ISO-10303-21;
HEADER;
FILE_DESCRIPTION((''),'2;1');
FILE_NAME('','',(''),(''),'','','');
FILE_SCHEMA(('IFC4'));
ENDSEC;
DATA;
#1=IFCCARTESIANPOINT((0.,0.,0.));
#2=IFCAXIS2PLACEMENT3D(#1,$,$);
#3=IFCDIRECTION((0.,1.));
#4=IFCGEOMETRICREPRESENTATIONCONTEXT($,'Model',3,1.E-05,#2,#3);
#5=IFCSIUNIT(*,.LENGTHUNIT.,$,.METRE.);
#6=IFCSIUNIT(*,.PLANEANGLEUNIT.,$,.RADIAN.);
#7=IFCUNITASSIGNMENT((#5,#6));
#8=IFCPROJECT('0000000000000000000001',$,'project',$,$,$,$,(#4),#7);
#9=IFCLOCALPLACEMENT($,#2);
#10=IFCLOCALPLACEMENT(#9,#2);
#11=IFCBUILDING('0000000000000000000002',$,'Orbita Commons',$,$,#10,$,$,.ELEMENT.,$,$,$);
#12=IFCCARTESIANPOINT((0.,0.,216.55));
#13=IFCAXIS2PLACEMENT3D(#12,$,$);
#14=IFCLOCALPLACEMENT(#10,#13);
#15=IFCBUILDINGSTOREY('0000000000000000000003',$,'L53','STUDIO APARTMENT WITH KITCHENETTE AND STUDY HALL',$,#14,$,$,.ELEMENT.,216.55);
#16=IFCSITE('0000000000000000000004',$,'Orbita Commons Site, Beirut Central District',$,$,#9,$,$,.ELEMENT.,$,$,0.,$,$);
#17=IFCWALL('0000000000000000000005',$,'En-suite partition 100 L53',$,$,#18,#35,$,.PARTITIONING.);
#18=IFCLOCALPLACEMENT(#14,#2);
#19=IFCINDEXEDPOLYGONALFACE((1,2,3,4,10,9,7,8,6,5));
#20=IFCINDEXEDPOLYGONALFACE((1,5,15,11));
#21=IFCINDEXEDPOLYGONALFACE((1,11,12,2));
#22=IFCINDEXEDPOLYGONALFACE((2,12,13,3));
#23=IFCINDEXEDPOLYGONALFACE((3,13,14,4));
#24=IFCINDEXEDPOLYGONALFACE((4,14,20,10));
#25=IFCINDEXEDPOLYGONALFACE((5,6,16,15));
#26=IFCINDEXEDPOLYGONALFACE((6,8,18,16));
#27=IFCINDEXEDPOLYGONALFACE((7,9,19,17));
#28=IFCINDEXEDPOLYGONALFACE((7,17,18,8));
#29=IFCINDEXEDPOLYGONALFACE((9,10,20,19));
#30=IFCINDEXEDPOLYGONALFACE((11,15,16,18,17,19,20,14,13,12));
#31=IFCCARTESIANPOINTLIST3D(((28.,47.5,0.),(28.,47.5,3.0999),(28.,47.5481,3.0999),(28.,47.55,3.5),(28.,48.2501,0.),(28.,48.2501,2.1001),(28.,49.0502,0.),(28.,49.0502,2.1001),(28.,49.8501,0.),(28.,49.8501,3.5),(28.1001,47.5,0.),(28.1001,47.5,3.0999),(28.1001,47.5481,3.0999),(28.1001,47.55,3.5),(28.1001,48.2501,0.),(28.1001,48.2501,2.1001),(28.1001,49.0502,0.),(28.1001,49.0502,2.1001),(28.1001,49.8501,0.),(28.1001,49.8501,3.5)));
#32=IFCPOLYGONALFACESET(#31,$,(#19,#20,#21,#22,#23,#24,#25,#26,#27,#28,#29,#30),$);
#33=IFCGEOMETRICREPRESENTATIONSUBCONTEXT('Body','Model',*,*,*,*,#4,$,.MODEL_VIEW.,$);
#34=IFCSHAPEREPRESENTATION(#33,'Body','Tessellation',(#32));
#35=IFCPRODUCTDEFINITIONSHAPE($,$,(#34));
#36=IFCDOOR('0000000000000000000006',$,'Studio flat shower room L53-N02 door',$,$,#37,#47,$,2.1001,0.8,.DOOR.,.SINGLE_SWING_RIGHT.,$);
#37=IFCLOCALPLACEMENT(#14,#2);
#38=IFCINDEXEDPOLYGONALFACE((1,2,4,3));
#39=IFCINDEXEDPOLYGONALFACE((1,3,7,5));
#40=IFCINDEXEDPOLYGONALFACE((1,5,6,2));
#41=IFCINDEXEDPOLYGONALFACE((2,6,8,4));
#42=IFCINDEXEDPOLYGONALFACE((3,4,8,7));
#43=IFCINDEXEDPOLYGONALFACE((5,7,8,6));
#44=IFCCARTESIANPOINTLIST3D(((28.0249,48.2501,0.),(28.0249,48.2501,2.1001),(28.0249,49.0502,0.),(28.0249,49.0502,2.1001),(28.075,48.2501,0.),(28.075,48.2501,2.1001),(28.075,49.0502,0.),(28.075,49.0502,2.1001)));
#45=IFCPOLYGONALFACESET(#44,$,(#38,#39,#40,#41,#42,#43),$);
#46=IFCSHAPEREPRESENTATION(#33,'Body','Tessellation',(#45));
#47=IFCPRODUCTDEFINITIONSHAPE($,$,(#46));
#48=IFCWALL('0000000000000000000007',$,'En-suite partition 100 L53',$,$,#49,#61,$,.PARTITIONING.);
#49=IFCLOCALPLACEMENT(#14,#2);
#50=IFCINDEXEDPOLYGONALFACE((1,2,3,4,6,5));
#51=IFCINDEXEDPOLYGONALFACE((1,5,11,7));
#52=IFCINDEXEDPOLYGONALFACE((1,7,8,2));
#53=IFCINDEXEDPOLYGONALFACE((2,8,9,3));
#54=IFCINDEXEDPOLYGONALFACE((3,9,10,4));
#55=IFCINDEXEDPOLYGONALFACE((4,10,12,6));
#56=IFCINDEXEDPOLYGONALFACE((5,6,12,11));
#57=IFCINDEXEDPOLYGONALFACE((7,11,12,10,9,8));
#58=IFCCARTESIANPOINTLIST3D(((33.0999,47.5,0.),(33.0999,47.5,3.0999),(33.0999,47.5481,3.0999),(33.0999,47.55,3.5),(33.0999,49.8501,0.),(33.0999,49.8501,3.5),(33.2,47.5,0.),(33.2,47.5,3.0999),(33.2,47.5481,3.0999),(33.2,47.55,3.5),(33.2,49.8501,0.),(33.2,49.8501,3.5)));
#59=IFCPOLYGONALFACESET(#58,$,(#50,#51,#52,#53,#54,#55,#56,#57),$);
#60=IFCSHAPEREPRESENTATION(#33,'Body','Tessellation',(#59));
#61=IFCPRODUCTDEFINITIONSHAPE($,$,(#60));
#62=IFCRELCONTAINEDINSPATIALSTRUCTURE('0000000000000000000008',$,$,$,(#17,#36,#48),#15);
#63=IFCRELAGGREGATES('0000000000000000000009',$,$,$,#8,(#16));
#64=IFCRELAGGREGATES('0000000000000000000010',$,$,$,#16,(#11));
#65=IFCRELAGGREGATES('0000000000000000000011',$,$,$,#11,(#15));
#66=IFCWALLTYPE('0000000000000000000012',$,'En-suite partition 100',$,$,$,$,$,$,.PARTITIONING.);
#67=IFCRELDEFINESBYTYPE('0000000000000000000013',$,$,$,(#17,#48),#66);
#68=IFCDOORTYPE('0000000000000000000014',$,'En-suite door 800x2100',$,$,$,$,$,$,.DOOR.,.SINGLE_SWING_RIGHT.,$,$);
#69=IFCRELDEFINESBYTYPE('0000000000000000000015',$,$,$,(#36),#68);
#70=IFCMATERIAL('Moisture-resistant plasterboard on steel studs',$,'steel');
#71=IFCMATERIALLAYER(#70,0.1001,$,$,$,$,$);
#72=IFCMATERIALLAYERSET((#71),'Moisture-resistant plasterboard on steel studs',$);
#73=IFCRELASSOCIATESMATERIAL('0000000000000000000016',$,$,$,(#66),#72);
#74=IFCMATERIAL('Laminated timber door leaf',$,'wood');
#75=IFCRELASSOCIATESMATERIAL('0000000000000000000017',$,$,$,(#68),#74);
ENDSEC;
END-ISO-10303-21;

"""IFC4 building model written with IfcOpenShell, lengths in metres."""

from ifc_helpers import new_model, si_unit, direction, frame, frame_2d, origin, place, context, subcontext, project, spatial, polyline, rectangle, outline, extrude, material, layer, layer_set, type_object, element, fill, save


model = new_model("IFC4")

# Units and contexts
model_context = context("Model", 3, precision=1e-05, world=origin(), true_north=direction((0.0, 1.0)))
body_context = subcontext(model_context, "Body", "Model", "MODEL_VIEW")
ifc_project = project(units=[si_unit("LENGTHUNIT", "METRE"), si_unit("PLANEANGLEUNIT", "RADIAN")], contexts=[model_context])

# Site, building, storey
site_placement = place(None, origin())
site = spatial("IfcSite", under=ifc_project, at=site_placement, Name="Orbita Commons Site, Beirut Central District", CompositionType="ELEMENT", RefElevation=0.0)
building_placement = place(site_placement, origin())
building = spatial("IfcBuilding", under=site, at=building_placement, Name="Orbita Commons", CompositionType="ELEMENT")
storey_placement = place(building_placement, frame((0.0, 0.0, 216.55)))
storey = spatial("IfcBuildingStorey", under=building, at=storey_placement, Name="L53", Description="STUDIO APARTMENT WITH KITCHENETTE AND STUDY HALL", CompositionType="ELEMENT", Elevation=216.55)

# Shared definitions
ifc_material_1 = material(Name="Moisture-resistant plasterboard on steel studs", Category="steel")
ifc_layer_1 = layer(ifc_material_1, 0.1001)
ifc_layer_set_1 = layer_set([ifc_layer_1], Name="Moisture-resistant plasterboard on steel studs")
wall_type_1 = type_object("IfcWallType", Name="En-suite partition 100", PredefinedType="PARTITIONING", material=ifc_layer_set_1)
ifc_material_2 = material(Name="Laminated timber door leaf", Category="wood")
door_type_1 = type_object("IfcDoorType", Name="En-suite door 800x2100", OperationType="SINGLE_SWING_RIGHT", PredefinedType="DOOR", material=ifc_material_2)

# Wall, opening, door
wall_1_placement = place(storey_placement, frame((28.05, 49.8501, 0.0), z_axis=(0.0, 0.0, 1.0), x_axis=(0.0, -1.0, 0.0)))
wall_1 = element("IfcWall", 1, at=wall_1_placement, inside=storey, type_object=wall_type_1, Name="En-suite partition 100 L53", PredefinedType="PARTITIONING", context=body_context, shape_type="SweptSolid", body=[
    extrude(outline(polyline([(0.0, 0.0), (2.3501, 0.0), (2.3501, 3.0999), (2.302, 3.0999), (2.3, 3.5), (0.0, 3.5), (0.0, 0.0)])), frame((0.0, 0.05, 0.0), z_axis=(0.0, -1.0, 0.0), x_axis=(1.0, 0.0, 0.0)), (0.0, 0.0, 1.0), 0.1001),
])
opening_1_placement = place(wall_1_placement, frame((0.8, 0.0, 0.0)))
opening_1 = element("IfcOpeningElement", 2, at=opening_1_placement, cuts=wall_1, PredefinedType="OPENING", context=body_context, shape_type="SweptSolid", body=[
    extrude(rectangle(XDim=0.8, YDim=2.1001, at=frame_2d((0.3999, 1.05))), frame((0.0, 0.0601, 0.0), z_axis=(0.0, -1.0, 0.0), x_axis=(1.0, 0.0, 0.0)), (0.0, 0.0, 1.0), 0.1201),
])
door_1_placement = place(opening_1_placement, origin())
door_1 = element("IfcDoor", 3, at=door_1_placement, inside=storey, type_object=door_type_1, Name="Studio flat shower room L53-N02 door", OperationType="SINGLE_SWING_RIGHT", OverallHeight=2.1001, OverallWidth=0.8, PredefinedType="DOOR", context=body_context, shape_type="SweptSolid", body=[
    extrude(rectangle(XDim=0.8, YDim=2.1001, at=frame_2d((0.3999, 1.05))), frame((0.0, 0.0249, 0.0), z_axis=(0.0, -1.0, 0.0), x_axis=(1.0, 0.0, 0.0)), (0.0, 0.0, 1.0), 0.05),
])
fill(opening_1, door_1)

# Wall
wall_2_placement = place(storey_placement, frame((33.1499, 49.8501, 0.0), z_axis=(0.0, 0.0, 1.0), x_axis=(0.0, -1.0, 0.0)))
element("IfcWall", 4, at=wall_2_placement, inside=storey, type_object=wall_type_1, Name="En-suite partition 100 L53", PredefinedType="PARTITIONING", context=body_context, shape_type="SweptSolid", body=[
    extrude(outline(polyline([(0.0, 0.0), (2.3501, 0.0), (2.3501, 3.0999), (2.302, 3.0999), (2.3, 3.5), (0.0, 3.5), (0.0, 0.0)])), frame((0.0, 0.05, 0.0), z_axis=(0.0, -1.0, 0.0), x_axis=(1.0, 0.0, 0.0)), (0.0, 0.0, 1.0), 0.1001),
])

save(model, "model.ifc")
